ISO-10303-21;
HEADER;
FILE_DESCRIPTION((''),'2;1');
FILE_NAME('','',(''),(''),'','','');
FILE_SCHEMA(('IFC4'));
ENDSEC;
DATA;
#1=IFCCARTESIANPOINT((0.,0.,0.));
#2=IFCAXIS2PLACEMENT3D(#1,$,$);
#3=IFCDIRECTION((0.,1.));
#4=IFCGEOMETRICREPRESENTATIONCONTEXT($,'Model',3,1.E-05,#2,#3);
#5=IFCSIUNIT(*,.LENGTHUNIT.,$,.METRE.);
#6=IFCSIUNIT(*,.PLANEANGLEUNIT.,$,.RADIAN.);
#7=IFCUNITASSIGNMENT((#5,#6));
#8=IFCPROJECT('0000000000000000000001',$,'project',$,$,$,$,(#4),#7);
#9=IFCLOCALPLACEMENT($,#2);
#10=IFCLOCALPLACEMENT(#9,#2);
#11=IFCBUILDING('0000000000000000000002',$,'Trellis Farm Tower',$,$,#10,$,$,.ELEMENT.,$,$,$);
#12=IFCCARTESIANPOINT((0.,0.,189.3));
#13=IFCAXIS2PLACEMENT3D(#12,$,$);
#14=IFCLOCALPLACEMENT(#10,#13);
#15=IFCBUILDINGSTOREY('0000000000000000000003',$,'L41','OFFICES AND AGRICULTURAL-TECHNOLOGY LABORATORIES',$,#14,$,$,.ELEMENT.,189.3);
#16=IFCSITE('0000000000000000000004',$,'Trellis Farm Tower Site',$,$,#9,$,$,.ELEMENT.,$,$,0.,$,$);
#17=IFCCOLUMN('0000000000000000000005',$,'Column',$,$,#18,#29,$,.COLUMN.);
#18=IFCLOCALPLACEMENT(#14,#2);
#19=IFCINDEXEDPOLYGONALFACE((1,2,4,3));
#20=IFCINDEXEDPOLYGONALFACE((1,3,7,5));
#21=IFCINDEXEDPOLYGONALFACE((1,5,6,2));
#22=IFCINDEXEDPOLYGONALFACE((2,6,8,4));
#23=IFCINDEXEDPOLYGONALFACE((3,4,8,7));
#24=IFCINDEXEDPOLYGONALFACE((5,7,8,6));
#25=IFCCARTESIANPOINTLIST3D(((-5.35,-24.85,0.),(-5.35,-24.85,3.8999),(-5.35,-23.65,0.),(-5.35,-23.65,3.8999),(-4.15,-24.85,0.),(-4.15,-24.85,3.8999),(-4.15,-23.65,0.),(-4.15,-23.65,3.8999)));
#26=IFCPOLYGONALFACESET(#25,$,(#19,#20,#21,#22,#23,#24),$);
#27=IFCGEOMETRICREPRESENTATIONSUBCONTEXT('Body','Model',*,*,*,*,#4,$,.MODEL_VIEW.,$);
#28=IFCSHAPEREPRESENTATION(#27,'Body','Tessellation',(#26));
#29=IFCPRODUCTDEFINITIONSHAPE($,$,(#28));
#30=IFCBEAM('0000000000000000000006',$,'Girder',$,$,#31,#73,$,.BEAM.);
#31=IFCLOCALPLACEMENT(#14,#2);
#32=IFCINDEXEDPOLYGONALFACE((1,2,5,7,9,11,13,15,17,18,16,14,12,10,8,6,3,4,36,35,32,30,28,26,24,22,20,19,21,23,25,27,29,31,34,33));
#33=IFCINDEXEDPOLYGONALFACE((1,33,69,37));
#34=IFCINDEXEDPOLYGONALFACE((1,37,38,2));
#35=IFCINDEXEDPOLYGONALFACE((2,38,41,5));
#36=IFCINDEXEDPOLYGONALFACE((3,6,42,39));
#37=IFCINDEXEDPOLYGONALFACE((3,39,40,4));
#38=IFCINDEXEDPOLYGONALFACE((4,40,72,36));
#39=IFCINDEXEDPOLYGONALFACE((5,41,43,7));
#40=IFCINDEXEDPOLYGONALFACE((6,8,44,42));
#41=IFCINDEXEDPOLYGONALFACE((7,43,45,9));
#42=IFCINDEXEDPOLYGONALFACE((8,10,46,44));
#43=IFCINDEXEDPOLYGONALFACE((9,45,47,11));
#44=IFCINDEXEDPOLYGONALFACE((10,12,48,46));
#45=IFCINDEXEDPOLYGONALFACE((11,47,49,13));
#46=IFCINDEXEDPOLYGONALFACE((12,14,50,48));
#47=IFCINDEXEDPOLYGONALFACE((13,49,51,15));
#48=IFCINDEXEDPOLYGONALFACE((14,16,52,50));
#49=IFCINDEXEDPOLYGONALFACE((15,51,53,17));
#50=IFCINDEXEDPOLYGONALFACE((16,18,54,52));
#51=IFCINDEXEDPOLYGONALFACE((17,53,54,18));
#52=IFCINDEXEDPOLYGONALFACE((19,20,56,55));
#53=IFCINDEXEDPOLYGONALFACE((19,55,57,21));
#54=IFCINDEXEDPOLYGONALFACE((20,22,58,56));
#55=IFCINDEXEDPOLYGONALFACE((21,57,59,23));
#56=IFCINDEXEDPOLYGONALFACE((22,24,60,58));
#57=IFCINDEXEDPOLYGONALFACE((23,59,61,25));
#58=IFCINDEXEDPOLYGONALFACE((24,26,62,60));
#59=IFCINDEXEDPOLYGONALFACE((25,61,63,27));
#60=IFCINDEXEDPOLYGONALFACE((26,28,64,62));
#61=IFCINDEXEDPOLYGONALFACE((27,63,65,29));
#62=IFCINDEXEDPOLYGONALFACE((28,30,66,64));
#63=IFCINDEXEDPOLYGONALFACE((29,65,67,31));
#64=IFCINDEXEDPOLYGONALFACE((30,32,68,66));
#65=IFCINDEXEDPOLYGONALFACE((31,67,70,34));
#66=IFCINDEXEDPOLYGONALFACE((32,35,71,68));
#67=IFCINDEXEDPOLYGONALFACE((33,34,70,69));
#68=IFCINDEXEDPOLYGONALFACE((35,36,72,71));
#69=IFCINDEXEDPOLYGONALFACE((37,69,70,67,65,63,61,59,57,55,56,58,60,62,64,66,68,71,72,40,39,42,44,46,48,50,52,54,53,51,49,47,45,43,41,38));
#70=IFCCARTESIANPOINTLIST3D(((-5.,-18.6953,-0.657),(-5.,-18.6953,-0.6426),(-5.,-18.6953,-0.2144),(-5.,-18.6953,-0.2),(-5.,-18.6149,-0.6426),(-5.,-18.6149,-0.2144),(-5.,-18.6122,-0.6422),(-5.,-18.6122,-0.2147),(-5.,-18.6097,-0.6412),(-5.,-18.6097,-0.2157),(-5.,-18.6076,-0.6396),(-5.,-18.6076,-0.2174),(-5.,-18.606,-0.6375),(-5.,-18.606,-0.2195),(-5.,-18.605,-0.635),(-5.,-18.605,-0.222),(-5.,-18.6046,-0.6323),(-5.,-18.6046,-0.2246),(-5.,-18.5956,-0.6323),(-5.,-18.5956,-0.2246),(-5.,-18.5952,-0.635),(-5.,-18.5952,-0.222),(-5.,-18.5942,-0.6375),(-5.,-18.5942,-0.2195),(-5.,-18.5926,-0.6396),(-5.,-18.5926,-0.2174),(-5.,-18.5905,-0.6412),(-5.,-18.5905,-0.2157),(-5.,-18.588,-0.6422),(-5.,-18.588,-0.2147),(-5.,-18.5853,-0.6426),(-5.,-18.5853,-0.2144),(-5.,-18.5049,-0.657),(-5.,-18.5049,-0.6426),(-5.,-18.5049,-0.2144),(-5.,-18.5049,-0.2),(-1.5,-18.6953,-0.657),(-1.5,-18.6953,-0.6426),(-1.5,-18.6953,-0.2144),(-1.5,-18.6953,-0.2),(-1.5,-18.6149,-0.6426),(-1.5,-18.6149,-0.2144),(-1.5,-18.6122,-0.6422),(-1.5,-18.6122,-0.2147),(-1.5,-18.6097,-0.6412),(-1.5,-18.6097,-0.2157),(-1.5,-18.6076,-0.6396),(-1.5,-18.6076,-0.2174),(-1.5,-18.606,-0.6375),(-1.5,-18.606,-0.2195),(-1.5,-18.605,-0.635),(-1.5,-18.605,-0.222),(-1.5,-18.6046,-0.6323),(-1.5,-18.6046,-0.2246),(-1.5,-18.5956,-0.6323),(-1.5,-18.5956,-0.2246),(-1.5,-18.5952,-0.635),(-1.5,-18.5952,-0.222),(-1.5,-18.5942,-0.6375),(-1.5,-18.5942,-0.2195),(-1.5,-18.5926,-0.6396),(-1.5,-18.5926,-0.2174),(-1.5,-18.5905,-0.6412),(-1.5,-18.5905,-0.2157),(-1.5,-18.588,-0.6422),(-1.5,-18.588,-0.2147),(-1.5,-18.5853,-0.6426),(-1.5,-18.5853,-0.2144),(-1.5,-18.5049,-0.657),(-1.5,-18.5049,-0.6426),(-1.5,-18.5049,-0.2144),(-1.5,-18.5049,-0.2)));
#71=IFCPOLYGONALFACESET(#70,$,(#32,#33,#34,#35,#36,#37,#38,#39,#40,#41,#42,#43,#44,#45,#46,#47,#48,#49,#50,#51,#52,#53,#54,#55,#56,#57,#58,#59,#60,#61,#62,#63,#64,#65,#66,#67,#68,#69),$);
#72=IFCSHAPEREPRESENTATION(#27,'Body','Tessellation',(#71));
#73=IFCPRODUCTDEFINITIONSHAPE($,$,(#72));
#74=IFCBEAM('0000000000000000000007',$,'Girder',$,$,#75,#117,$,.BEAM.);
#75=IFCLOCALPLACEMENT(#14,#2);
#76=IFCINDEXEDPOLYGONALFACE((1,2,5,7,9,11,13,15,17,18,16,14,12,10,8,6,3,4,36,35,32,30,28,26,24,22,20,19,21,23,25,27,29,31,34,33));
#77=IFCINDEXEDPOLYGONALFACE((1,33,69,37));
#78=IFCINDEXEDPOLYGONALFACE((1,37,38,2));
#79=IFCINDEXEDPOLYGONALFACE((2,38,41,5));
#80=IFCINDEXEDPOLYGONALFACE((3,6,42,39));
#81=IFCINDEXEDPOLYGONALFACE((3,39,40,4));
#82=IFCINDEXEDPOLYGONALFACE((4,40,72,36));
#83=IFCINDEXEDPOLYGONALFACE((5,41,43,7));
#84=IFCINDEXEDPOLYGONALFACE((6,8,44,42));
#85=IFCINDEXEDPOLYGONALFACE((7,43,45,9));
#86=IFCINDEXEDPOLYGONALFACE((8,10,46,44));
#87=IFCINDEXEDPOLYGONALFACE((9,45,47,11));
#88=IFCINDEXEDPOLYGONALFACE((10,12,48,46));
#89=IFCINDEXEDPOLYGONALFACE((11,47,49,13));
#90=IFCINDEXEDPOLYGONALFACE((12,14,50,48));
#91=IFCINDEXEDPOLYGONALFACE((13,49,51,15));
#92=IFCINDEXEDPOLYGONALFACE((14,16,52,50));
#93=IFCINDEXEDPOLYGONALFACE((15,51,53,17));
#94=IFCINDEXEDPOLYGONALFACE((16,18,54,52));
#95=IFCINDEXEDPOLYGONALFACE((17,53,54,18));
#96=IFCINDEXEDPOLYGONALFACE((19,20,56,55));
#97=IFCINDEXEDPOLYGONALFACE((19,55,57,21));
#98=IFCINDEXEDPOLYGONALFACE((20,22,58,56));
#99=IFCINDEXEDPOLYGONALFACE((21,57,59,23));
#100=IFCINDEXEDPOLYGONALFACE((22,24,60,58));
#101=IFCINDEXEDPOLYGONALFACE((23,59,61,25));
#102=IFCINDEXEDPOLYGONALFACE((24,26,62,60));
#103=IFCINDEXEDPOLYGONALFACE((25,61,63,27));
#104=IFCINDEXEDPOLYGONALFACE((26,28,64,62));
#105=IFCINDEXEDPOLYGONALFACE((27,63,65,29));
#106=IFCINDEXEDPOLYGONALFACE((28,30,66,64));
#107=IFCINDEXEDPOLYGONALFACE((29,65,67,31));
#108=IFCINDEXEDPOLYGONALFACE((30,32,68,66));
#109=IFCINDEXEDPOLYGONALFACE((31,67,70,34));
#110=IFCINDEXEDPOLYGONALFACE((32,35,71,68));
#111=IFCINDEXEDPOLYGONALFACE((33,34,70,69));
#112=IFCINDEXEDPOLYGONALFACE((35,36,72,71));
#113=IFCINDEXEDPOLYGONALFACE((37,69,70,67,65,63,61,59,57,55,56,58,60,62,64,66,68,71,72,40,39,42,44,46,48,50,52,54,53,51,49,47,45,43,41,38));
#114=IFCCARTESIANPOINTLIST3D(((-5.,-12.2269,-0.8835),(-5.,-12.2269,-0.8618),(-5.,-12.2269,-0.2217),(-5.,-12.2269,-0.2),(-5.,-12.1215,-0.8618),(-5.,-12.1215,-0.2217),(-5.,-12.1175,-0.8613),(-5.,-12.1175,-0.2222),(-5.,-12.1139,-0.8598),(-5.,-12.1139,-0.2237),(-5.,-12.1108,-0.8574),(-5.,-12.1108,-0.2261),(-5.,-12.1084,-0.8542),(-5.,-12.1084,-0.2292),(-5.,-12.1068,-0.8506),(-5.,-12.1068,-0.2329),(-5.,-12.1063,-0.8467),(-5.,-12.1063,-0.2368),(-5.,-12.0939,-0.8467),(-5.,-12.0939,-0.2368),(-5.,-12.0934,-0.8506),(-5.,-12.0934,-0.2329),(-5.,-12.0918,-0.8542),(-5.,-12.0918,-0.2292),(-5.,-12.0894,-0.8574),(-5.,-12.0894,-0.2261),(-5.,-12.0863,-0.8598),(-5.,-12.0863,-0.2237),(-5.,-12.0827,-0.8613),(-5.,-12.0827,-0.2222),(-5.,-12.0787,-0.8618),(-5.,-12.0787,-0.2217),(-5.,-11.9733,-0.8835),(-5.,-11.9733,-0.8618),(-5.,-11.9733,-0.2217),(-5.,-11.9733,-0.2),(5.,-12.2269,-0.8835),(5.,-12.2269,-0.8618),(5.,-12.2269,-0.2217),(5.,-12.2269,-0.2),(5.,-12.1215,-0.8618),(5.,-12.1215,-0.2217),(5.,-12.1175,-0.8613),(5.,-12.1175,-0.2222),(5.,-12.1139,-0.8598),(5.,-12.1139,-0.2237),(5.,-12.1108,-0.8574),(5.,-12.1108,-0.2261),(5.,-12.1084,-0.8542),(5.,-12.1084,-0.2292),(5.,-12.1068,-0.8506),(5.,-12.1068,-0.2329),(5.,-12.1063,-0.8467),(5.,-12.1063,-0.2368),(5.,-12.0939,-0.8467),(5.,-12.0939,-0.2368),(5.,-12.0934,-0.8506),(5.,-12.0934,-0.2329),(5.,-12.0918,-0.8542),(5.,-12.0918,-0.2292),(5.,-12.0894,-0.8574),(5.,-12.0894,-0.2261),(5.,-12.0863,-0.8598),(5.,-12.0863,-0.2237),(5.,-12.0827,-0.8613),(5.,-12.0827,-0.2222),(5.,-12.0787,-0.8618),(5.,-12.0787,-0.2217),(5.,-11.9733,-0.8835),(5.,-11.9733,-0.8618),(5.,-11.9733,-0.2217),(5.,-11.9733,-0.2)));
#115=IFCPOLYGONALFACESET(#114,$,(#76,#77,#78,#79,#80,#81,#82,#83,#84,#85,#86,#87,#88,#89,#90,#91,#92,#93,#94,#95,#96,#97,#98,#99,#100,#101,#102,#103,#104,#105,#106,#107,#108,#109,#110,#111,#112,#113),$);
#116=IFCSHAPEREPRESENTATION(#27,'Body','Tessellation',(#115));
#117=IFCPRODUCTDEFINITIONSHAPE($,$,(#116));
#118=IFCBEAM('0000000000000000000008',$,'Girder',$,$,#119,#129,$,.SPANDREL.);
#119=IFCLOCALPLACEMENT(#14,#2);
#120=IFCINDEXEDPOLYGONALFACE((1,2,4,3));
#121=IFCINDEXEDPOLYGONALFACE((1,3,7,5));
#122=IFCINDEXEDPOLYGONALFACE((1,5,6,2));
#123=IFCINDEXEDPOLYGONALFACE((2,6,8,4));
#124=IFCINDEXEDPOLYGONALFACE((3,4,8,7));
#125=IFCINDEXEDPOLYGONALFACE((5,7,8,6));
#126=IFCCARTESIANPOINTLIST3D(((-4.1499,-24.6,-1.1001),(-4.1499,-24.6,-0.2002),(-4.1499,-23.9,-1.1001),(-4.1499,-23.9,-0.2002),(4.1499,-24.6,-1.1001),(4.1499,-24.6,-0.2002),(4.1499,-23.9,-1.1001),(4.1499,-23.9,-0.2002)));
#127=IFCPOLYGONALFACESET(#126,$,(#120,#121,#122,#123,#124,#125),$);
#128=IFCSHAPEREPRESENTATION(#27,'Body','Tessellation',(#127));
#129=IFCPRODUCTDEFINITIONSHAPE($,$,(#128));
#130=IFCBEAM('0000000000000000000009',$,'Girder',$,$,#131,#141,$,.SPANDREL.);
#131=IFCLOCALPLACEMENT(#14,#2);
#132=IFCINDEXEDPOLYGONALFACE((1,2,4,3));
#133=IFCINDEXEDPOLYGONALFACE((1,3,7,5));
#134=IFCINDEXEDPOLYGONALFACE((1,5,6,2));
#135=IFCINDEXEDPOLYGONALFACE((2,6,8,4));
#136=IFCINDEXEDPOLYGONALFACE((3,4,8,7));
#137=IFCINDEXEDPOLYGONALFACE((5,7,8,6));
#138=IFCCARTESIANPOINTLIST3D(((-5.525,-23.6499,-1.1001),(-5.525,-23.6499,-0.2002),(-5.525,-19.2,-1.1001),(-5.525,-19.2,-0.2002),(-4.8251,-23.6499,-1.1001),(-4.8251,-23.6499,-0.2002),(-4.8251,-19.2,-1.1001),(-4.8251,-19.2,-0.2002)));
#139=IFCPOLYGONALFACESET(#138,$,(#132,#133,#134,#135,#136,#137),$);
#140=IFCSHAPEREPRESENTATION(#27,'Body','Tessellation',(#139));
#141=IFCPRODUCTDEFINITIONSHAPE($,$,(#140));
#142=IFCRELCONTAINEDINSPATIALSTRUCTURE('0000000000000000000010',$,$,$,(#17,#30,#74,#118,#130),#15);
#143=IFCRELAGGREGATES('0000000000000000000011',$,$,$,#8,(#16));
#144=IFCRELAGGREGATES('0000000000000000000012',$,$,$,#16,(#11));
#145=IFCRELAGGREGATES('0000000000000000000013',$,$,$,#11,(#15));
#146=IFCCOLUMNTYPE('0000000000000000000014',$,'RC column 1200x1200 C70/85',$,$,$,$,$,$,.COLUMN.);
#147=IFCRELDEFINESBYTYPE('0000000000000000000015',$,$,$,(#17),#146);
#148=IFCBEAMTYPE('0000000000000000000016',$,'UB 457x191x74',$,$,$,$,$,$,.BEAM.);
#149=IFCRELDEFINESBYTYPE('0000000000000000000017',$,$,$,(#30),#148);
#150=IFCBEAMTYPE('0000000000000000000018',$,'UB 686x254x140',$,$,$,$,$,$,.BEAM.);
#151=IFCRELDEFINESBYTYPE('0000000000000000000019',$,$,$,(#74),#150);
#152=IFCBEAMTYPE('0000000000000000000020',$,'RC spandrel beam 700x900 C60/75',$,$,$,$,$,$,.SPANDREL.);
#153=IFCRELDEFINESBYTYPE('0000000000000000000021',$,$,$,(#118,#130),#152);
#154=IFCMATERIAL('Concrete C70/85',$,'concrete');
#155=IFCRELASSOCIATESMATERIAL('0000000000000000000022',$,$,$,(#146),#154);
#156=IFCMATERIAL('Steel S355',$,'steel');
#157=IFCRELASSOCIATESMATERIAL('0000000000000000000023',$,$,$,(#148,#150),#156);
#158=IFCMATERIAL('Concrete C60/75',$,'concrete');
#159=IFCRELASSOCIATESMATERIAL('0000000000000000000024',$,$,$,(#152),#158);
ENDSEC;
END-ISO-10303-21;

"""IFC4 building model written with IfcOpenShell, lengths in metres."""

from ifc_helpers import new_model, si_unit, direction, frame, origin, origin_2d, place, context, subcontext, project, spatial, rectangle, i_section, extrude, source, transform, mapped, material, material_profile, profile_set, type_object, element, save


model = new_model("IFC4")

# Units and contexts
model_context = context("Model", 3, precision=1e-05, world=origin(), true_north=direction((0.0, 1.0)))
body_context = subcontext(model_context, "Body", "Model", "MODEL_VIEW")
ifc_project = project(units=[si_unit("LENGTHUNIT", "METRE"), si_unit("PLANEANGLEUNIT", "RADIAN")], contexts=[model_context])

# Site, building, storey
site_placement = place(None, origin())
site = spatial("IfcSite", under=ifc_project, at=site_placement, Name="Trellis Farm Tower Site", CompositionType="ELEMENT", RefElevation=0.0)
building_placement = place(site_placement, origin())
building = spatial("IfcBuilding", under=site, at=building_placement, Name="Trellis Farm Tower", CompositionType="ELEMENT")
storey_placement = place(building_placement, frame((0.0, 0.0, 189.3)))
storey = spatial("IfcBuildingStorey", under=building, at=storey_placement, Name="L41", Description="OFFICES AND AGRICULTURAL-TECHNOLOGY LABORATORIES", CompositionType="ELEMENT", Elevation=189.3)

# Column
ifc_material_1 = material(Name="Concrete C70/85", Category="concrete")
ifc_material_profile_1 = material_profile(ifc_material_1, rectangle(XDim=1.2, YDim=1.2, at=origin_2d()), Name="RC column 1200x1200 C70/85")
ifc_profile_set_1 = profile_set([ifc_material_profile_1], Name="Concrete C70/85")
column_type = type_object("IfcColumnType", Name="RC column 1200x1200 C70/85", PredefinedType="COLUMN", material=ifc_profile_set_1)
shared_shape_1 = source(origin(), body_context, "Body", "SweptSolid", [
    extrude(rectangle(XDim=1.2, YDim=1.2, at=origin_2d()), origin(), (0.0, 0.0, 1.0), 3.8999),
])
column_placement = place(storey_placement, frame((-4.75, -24.25, 0.0), z_axis=(0.0, 0.0, 1.0), x_axis=(1.0, 0.0, 0.0)))
element("IfcColumn", 1, at=column_placement, inside=storey, type_object=column_type, Name="Column", PredefinedType="COLUMN", context=body_context, shape_type="MappedRepresentation", body=[
    mapped(shared_shape_1, transform((0.0, 0.0, 0.0))),
])

# Beams
ifc_material_2 = material(Name="Steel S355", Category="steel")
ifc_material_profile_2 = material_profile(ifc_material_2, i_section(OverallWidth=0.1904, OverallDepth=0.457, WebThickness=0.009, FlangeThickness=0.0144, FilletRadius=0.0103, at=origin_2d()), Name="UB 457x191x74")
ifc_profile_set_2 = profile_set([ifc_material_profile_2], Name="Steel S355")
beam_type_1 = type_object("IfcBeamType", Name="UB 457x191x74", PredefinedType="BEAM", material=ifc_profile_set_2)
shared_shape_2 = source(origin(), body_context, "Body", "SweptSolid", [
    extrude(i_section(OverallWidth=0.1904, OverallDepth=0.457, WebThickness=0.009, FlangeThickness=0.0144, FilletRadius=0.0103, at=origin_2d()), origin(), (0.0, 0.0, 1.0), 3.5),
])
beam_1_placement = place(storey_placement, frame((-5.0, -18.6001, -0.4285), z_axis=(1.0, 0.0, 0.0), x_axis=(0.0, 1.0, 0.0)))
element("IfcBeam", 2, at=beam_1_placement, inside=storey, type_object=beam_type_1, Name="Girder", PredefinedType="BEAM", context=body_context, shape_type="MappedRepresentation", body=[
    mapped(shared_shape_2, transform((0.0, 0.0, 0.0))),
])
ifc_material_profile_3 = material_profile(ifc_material_2, i_section(OverallWidth=0.2537, OverallDepth=0.6836, WebThickness=0.0125, FlangeThickness=0.0217, FilletRadius=0.0151, at=origin_2d()), Name="UB 686x254x140")
ifc_profile_set_3 = profile_set([ifc_material_profile_3], Name="Steel S355")
beam_type_2 = type_object("IfcBeamType", Name="UB 686x254x140", PredefinedType="BEAM", material=ifc_profile_set_3)
shared_shape_3 = source(origin(), body_context, "Body", "SweptSolid", [
    extrude(i_section(OverallWidth=0.2537, OverallDepth=0.6836, WebThickness=0.0125, FlangeThickness=0.0217, FilletRadius=0.0151, at=origin_2d()), origin(), (0.0, 0.0, 1.0), 10.0),
])
beam_2_placement = place(storey_placement, frame((-5.0, -12.1001, -0.5417), z_axis=(1.0, 0.0, 0.0), x_axis=(0.0, 1.0, 0.0)))
element("IfcBeam", 3, at=beam_2_placement, inside=storey, type_object=beam_type_2, Name="Girder", PredefinedType="BEAM", context=body_context, shape_type="MappedRepresentation", body=[
    mapped(shared_shape_3, transform((0.0, 0.0, 0.0))),
])
ifc_material_3 = material(Name="Concrete C60/75", Category="concrete")
ifc_material_profile_4 = material_profile(ifc_material_3, rectangle(XDim=0.7, YDim=0.8999, at=origin_2d()), Name="RC spandrel beam 700x900 C60/75")
ifc_profile_set_4 = profile_set([ifc_material_profile_4], Name="Concrete C60/75")
beam_type_3 = type_object("IfcBeamType", Name="RC spandrel beam 700x900 C60/75", PredefinedType="SPANDREL", material=ifc_profile_set_4)
shared_shape_4 = source(origin(), body_context, "Body", "SweptSolid", [
    extrude(rectangle(XDim=0.7, YDim=0.8999, at=origin_2d()), origin(), (0.0, 0.0, 1.0), 8.2998),
])
beam_3_placement = place(storey_placement, frame((-4.1499, -24.25, -0.6501), z_axis=(1.0, 0.0, 0.0), x_axis=(0.0, 1.0, 0.0)))
element("IfcBeam", 4, at=beam_3_placement, inside=storey, type_object=beam_type_3, Name="Girder", PredefinedType="SPANDREL", context=body_context, shape_type="MappedRepresentation", body=[
    mapped(shared_shape_4, transform((0.0, 0.0, 0.0))),
])
shared_shape_5 = source(origin(), body_context, "Body", "SweptSolid", [
    extrude(rectangle(XDim=0.7, YDim=0.8999, at=origin_2d()), origin(), (0.0, 0.0, 1.0), 4.45),
])
beam_4_placement = place(storey_placement, frame((-5.175, -23.6499, -0.6501), z_axis=(0.0, 1.0, 0.0), x_axis=(-1.0, 0.0, 0.0)))
element("IfcBeam", 5, at=beam_4_placement, inside=storey, type_object=beam_type_3, Name="Girder", PredefinedType="SPANDREL", context=body_context, shape_type="MappedRepresentation", body=[
    mapped(shared_shape_5, transform((0.0, 0.0, 0.0))),
])

save(model, "model.ifc")
